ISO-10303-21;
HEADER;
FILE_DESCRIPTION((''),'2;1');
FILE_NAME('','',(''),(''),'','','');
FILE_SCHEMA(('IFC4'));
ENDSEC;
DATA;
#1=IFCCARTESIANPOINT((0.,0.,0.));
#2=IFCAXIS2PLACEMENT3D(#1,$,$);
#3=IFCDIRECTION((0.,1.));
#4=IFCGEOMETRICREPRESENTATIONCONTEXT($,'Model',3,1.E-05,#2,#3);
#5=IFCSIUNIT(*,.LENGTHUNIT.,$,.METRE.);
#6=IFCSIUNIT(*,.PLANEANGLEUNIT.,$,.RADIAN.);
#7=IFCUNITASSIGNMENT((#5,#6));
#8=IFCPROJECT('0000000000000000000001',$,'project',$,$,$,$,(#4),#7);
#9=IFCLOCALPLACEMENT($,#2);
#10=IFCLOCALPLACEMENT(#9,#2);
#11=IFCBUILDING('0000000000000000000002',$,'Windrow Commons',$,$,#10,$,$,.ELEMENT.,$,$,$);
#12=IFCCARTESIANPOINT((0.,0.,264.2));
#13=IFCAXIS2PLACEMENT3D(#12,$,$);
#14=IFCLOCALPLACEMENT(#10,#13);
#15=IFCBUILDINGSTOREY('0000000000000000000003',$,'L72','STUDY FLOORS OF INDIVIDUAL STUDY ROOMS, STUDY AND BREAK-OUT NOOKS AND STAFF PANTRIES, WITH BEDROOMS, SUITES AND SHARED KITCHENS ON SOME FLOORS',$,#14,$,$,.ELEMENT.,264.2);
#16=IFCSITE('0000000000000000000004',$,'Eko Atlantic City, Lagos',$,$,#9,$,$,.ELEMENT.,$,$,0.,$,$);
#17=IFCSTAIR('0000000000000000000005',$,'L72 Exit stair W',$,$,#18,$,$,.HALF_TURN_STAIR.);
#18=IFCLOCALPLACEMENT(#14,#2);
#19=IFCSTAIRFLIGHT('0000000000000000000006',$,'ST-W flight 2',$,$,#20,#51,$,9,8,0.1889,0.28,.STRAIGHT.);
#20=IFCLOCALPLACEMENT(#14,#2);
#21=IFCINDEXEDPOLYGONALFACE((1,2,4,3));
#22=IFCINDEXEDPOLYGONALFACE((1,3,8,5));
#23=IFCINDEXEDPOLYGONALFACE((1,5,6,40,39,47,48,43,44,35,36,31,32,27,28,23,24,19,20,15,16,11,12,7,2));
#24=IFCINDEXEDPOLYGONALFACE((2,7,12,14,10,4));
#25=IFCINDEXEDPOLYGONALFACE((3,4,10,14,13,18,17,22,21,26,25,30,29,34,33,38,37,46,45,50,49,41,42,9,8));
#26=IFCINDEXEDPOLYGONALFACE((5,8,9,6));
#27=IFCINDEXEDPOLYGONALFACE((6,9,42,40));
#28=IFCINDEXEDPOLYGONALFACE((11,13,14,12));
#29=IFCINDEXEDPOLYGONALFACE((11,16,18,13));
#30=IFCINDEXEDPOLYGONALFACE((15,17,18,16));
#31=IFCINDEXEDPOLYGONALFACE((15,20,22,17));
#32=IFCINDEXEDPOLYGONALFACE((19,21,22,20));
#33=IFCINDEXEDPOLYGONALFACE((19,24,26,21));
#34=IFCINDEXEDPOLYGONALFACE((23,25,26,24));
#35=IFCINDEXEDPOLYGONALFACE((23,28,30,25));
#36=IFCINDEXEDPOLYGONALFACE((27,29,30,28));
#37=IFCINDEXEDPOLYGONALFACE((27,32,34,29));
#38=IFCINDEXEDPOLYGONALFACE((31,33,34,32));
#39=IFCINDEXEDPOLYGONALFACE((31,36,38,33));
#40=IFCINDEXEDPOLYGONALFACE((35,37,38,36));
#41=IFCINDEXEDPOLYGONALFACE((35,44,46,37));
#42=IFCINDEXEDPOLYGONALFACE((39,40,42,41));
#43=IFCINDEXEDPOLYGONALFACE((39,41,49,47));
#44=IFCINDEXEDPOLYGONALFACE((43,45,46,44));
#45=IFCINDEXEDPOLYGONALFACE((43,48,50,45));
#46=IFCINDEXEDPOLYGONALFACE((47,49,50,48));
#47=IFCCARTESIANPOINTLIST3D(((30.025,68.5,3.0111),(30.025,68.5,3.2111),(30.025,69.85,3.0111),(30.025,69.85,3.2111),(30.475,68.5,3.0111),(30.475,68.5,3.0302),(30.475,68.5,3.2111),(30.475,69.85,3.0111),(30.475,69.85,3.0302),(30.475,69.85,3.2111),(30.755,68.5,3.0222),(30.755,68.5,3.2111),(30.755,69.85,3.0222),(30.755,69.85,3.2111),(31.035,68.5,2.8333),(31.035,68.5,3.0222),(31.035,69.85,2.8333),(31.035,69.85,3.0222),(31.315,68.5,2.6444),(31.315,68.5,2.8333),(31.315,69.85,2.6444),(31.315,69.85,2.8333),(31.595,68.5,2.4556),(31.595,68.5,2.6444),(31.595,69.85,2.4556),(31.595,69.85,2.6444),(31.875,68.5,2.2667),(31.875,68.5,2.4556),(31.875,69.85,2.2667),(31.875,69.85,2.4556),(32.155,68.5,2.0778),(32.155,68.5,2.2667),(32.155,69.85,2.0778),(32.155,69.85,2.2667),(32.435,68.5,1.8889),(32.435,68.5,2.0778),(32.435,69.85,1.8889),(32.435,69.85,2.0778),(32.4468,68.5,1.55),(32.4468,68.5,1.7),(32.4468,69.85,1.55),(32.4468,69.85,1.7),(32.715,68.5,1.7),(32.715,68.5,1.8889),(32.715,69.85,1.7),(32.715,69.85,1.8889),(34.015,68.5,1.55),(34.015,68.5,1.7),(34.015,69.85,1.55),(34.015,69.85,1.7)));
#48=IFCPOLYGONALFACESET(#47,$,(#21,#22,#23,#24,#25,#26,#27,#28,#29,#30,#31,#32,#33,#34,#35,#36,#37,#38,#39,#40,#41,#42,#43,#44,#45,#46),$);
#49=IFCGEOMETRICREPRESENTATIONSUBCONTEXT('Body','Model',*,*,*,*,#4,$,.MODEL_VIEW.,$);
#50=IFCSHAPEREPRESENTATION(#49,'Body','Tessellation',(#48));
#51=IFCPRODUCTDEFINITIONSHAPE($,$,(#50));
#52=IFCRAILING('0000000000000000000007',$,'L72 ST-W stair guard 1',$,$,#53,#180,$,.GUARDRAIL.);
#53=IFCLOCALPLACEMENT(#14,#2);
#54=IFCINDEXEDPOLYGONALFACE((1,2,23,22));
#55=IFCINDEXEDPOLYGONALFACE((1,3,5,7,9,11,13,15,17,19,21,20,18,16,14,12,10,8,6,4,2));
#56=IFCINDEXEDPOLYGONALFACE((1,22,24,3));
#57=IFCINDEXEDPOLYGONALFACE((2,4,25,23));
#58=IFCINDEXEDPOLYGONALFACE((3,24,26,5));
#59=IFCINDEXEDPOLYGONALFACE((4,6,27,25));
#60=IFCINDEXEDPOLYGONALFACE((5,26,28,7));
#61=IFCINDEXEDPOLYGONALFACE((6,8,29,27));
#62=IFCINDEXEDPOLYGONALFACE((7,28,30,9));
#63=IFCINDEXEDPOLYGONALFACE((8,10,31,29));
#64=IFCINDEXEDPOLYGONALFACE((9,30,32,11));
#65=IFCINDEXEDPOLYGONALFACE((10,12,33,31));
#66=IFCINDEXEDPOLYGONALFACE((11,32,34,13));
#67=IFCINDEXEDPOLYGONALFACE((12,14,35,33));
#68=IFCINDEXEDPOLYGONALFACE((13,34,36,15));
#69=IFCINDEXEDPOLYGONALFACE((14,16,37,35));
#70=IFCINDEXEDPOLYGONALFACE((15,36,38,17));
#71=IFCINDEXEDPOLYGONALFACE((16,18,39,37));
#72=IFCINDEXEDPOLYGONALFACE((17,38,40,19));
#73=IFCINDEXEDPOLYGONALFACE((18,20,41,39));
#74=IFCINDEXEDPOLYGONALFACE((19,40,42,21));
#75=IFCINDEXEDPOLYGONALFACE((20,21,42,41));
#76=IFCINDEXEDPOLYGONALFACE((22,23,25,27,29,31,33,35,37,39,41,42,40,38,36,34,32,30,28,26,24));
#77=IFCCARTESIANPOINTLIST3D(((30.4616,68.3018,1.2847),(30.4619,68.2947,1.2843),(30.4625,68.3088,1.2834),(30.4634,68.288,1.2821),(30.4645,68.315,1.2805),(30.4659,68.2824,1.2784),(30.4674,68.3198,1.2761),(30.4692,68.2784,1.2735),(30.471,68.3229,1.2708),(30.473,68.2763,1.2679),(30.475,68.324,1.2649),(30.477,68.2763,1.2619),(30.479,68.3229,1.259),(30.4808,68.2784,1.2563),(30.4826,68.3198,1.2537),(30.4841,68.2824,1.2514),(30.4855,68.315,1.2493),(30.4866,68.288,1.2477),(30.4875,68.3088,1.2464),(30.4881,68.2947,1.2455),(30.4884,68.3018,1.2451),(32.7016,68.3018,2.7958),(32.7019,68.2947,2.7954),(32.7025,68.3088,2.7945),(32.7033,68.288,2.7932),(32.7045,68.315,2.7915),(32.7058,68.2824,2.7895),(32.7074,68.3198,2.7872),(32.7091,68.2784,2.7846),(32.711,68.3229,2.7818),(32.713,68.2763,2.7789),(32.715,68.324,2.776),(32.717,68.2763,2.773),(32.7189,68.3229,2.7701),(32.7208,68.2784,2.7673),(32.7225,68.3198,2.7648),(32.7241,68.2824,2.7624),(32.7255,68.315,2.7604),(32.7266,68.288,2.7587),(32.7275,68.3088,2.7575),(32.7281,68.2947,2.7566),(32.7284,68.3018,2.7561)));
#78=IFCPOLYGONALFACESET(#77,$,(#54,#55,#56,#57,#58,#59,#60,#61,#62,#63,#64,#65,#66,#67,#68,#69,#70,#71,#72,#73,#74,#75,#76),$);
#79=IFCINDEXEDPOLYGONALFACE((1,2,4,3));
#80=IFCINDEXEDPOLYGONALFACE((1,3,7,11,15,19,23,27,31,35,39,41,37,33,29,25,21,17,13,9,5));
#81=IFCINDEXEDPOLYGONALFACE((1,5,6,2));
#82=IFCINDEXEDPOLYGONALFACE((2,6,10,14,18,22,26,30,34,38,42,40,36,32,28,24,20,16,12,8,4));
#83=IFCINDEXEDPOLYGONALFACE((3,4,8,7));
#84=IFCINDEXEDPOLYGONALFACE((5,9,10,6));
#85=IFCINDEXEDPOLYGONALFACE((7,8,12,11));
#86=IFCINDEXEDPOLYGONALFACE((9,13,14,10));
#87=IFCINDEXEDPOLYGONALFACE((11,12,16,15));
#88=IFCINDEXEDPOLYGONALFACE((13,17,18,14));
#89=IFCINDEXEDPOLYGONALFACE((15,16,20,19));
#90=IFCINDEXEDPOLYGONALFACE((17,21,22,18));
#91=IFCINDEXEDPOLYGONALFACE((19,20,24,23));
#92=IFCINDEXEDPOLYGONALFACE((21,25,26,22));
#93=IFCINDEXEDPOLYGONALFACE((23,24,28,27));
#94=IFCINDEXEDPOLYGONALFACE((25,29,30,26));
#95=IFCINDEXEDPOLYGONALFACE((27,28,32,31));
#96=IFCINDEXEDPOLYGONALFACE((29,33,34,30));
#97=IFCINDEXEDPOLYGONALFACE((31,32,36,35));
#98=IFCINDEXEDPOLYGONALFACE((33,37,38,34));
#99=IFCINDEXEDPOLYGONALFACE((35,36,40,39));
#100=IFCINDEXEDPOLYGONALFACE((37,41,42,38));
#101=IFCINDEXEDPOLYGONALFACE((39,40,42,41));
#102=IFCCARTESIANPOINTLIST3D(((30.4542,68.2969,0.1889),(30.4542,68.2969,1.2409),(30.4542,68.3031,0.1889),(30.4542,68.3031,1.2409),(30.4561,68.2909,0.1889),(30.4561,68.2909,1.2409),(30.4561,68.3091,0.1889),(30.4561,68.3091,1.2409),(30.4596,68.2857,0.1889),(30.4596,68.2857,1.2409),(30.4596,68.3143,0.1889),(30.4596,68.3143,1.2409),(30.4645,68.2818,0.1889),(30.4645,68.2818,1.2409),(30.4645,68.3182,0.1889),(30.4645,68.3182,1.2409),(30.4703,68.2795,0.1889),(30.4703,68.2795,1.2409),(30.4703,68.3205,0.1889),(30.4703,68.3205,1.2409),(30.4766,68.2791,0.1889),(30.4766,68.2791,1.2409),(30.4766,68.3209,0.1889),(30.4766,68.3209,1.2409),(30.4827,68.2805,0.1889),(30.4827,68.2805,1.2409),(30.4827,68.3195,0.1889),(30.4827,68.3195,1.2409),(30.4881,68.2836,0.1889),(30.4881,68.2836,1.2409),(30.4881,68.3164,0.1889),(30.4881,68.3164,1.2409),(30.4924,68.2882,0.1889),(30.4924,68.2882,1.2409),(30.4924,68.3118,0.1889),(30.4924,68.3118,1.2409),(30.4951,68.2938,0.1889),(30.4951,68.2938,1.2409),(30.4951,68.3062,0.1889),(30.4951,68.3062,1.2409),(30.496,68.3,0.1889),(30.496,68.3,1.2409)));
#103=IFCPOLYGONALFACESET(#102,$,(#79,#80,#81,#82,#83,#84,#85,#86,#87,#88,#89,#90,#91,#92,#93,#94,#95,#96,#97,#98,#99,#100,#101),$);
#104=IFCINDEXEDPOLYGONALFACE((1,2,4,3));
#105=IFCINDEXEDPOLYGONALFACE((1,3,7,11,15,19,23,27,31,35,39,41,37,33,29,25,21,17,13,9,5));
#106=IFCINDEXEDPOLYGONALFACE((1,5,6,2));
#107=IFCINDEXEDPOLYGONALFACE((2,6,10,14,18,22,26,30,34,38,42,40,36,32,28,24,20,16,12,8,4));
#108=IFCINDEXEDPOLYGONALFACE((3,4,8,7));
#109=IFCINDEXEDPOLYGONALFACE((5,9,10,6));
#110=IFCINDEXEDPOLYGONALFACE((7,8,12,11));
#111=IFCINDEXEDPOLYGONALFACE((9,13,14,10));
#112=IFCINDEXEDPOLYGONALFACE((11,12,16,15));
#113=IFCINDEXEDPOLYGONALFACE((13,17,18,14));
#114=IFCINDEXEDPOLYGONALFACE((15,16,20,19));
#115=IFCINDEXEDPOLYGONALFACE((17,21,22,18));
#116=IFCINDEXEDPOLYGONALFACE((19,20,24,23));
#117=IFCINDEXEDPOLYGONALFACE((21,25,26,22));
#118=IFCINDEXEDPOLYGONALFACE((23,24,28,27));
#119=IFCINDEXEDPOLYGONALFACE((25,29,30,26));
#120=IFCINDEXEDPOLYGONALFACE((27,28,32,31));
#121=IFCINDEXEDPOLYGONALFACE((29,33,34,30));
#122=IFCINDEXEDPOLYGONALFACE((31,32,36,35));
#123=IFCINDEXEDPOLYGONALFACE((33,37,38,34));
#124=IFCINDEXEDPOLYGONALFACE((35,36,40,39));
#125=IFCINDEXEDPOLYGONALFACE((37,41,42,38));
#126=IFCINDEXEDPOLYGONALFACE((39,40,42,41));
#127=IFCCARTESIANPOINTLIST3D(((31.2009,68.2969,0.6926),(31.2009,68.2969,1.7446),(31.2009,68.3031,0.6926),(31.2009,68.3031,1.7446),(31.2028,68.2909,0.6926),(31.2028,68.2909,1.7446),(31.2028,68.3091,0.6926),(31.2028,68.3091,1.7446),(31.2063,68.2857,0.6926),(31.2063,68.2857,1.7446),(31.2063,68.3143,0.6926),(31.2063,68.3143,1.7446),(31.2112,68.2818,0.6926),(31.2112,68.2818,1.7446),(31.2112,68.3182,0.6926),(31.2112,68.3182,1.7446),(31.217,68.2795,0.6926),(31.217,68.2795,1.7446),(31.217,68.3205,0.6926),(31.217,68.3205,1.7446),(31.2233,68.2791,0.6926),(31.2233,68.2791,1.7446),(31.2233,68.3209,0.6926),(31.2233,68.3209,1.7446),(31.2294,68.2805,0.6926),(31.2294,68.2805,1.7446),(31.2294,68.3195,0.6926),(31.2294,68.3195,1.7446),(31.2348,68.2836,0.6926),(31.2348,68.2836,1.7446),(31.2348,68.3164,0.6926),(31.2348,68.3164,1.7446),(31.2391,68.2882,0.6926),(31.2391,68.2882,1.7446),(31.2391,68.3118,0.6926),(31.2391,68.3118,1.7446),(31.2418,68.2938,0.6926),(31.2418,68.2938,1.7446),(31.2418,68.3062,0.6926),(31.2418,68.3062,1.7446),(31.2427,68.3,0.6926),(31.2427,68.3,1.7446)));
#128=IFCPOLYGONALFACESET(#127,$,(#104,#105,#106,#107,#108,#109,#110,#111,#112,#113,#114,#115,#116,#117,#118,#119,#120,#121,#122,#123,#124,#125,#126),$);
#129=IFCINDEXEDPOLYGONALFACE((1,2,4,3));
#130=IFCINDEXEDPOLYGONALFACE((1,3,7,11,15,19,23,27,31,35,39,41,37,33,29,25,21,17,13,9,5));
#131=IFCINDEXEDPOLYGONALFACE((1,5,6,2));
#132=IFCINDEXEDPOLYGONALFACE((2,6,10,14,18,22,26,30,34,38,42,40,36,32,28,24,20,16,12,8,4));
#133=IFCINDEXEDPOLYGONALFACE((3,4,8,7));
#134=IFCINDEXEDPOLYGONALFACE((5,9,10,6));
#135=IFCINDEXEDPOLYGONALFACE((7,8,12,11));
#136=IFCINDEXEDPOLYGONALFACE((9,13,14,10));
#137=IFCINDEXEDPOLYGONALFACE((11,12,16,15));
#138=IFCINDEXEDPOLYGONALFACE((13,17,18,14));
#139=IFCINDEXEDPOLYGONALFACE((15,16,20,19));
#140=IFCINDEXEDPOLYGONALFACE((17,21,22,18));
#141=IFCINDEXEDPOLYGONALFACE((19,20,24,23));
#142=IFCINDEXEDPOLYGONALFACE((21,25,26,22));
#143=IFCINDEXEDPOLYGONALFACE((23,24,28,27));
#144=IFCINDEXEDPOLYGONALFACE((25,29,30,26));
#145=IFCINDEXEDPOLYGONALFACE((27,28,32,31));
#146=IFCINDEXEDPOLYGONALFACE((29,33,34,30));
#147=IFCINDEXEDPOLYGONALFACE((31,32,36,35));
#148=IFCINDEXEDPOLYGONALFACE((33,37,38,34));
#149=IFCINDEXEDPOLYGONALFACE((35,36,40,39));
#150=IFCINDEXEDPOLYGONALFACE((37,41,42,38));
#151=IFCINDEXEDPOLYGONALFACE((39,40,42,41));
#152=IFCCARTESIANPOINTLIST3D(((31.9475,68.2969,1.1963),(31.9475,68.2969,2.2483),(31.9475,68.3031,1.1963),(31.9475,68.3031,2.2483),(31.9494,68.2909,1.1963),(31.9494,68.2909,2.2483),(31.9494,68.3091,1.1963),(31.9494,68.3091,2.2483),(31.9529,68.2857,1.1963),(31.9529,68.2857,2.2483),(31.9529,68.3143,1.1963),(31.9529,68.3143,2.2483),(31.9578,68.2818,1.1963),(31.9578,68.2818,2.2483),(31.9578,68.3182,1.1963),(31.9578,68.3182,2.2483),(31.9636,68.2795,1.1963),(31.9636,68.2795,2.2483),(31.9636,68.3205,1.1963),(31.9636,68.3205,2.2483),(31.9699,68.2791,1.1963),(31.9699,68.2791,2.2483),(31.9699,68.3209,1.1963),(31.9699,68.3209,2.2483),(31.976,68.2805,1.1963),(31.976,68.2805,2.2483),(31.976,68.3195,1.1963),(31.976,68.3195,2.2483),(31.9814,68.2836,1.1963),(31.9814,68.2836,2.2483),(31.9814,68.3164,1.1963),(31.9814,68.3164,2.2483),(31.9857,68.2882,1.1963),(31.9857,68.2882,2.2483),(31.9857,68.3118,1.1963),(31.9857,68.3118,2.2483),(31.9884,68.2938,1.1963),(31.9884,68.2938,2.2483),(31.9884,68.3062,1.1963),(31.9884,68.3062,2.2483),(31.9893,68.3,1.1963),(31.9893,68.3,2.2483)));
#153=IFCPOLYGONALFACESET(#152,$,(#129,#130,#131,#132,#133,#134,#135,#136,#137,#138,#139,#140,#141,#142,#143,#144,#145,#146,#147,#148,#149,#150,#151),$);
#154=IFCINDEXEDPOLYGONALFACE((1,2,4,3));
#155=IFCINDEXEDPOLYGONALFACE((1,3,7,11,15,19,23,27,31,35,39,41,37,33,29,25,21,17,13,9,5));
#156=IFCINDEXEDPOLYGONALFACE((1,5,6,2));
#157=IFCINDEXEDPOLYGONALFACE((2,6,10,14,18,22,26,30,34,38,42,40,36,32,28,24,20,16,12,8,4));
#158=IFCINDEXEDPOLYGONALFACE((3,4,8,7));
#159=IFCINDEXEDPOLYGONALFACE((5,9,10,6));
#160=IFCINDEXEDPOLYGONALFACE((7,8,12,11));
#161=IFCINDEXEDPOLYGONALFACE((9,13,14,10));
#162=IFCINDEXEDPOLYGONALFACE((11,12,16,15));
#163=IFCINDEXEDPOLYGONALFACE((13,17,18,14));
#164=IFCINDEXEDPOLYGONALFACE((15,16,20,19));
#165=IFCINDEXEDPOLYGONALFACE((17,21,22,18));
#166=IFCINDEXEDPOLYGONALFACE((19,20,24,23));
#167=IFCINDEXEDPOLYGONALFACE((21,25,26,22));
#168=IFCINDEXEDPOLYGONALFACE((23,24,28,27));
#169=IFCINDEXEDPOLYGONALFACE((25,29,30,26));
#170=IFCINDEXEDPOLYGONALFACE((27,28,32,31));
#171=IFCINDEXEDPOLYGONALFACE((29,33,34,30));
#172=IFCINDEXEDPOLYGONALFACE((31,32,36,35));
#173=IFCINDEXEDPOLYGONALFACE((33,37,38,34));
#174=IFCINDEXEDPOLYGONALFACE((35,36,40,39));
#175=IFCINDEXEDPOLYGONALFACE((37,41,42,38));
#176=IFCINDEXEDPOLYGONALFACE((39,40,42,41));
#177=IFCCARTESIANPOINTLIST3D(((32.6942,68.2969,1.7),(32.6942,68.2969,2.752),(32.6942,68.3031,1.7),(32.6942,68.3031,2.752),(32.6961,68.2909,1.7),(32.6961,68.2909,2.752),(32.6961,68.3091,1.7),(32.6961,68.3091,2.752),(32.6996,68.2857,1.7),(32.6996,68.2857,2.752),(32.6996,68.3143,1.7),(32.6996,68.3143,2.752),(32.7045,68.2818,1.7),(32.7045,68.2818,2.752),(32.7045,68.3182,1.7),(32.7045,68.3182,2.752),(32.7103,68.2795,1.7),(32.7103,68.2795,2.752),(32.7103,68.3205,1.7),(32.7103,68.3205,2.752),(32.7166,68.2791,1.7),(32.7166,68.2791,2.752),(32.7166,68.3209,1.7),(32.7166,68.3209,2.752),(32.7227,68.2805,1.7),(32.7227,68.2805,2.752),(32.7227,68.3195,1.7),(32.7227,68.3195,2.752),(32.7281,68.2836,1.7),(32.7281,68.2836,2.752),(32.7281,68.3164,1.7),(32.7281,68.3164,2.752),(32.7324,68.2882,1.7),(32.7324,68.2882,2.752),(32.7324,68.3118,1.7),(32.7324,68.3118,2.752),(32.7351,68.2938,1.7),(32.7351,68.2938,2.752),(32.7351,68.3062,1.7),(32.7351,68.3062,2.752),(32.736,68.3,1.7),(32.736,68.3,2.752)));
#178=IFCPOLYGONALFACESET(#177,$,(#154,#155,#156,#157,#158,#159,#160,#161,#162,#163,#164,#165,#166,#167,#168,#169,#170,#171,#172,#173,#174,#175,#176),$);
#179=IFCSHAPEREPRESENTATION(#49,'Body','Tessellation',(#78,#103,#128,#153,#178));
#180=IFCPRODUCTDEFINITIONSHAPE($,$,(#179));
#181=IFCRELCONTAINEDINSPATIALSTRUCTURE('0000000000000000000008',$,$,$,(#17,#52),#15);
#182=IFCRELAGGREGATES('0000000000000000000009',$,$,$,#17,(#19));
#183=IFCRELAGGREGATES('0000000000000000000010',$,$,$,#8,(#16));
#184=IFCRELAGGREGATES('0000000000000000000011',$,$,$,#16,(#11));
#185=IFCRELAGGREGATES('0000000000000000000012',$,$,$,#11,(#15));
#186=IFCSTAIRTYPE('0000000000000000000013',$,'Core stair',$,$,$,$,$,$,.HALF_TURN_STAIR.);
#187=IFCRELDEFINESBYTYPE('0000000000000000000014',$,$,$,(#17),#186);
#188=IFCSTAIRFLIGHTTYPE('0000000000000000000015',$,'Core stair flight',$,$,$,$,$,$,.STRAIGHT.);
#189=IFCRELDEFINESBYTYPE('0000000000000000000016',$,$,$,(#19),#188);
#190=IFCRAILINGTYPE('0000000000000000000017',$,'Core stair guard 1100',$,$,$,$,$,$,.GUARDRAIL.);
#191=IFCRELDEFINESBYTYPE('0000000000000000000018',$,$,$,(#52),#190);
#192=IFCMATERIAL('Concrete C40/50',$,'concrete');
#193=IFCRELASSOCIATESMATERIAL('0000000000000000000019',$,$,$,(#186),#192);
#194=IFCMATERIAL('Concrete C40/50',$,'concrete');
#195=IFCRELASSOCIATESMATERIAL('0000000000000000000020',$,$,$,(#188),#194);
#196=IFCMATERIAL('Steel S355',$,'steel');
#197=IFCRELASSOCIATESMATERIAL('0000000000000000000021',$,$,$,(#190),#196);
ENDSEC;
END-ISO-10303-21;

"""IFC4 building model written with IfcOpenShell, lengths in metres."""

from ifc_helpers import new_model, si_unit, direction, frame, origin, origin_2d, place, context, subcontext, project, spatial, polyline, circle, outline, extrude, material, type_object, element, aggregate, save


model = new_model("IFC4")

# Units and contexts
model_context = context("Model", 3, precision=1e-05, world=origin(), true_north=direction((0.0, 1.0)))
body_context = subcontext(model_context, "Body", "Model", "MODEL_VIEW")
ifc_project = project(units=[si_unit("LENGTHUNIT", "METRE"), si_unit("PLANEANGLEUNIT", "RADIAN")], contexts=[model_context])

# Site, building, storey
site_placement = place(None, origin())
site = spatial("IfcSite", under=ifc_project, at=site_placement, Name="Eko Atlantic City, Lagos", CompositionType="ELEMENT", RefElevation=0.0)
building_placement = place(site_placement, origin())
building = spatial("IfcBuilding", under=site, at=building_placement, Name="Windrow Commons", CompositionType="ELEMENT")
storey_placement = place(building_placement, frame((0.0, 0.0, 264.2)))
storey = spatial("IfcBuildingStorey", under=building, at=storey_placement, Name="L72", Description="STUDY FLOORS OF INDIVIDUAL STUDY ROOMS, STUDY AND BREAK-OUT NOOKS AND STAFF PANTRIES, WITH BEDROOMS, SUITES AND SHARED KITCHENS ON SOME FLOORS", CompositionType="ELEMENT", Elevation=264.2)

# Stair, stair flight
ifc_material_1 = material(Name="Concrete C40/50", Category="concrete")
stair_type = type_object("IfcStairType", Name="Core stair", PredefinedType="HALF_TURN_STAIR", material=ifc_material_1)
stair_placement = place(storey_placement, origin())
stair = element("IfcStair", 1, at=stair_placement, inside=storey, type_object=stair_type, Name="L72 Exit stair W", PredefinedType="HALF_TURN_STAIR")
ifc_material_2 = material(Name="Concrete C40/50", Category="concrete")
stair_flight_type = type_object("IfcStairFlightType", Name="Core stair flight", PredefinedType="STRAIGHT", material=ifc_material_2)
stair_flight_1_placement = place(storey_placement, frame((32.715, 69.175, 1.7), z_axis=(0.0, 0.0, 1.0), x_axis=(-1.0, 0.0, 0.0)))
stair_flight_1 = element("IfcStairFlight", 2, at=stair_flight_1_placement, type_object=stair_flight_type, Name="ST-W flight 2", NumberOfRisers=9, NumberOfTreads=8, PredefinedType="STRAIGHT", RiserHeight=0.1889, TreadLength=0.28, context=body_context, shape_type="SweptSolid", body=[
    extrude(outline(polyline([(-1.3, -0.15), (-1.3, 0.0), (0.0, 0.0), (0.0, 0.1889), (0.28, 0.1889), (0.28, 0.3778), (0.56, 0.3778), (0.56, 0.5667), (0.84, 0.5667), (0.84, 0.7556), (1.12, 0.7556), (1.12, 0.9444), (1.4, 0.9444), (1.4, 1.1333), (1.68, 1.1333), (1.68, 1.3222), (1.96, 1.3222), (1.96, 1.5111), (2.24, 1.5111), (2.69, 1.5111), (2.69, 1.3111), (2.24, 1.3111), (2.24, 1.3302), (0.2682, 0.0), (0.2682, -0.15), (-1.3, -0.15)])), frame((0.0, 0.675, 0.0), z_axis=(0.0, -1.0, 0.0), x_axis=(1.0, 0.0, 0.0)), (0.0, 0.0, 1.0), 1.35),
])
aggregate(stair, [stair_flight_1])

# Railing
ifc_material_3 = material(Name="Steel S355", Category="steel")
railing_type_1 = type_object("IfcRailingType", Name="Core stair guard 1100", PredefinedType="GUARDRAIL", material=ifc_material_3)
railing_1_placement = place(storey_placement, frame((30.475, 68.3, 0.1889)))
element("IfcRailing", 3, at=railing_1_placement, inside=storey, type_object=railing_type_1, Name="L72 ST-W stair guard 1", PredefinedType="GUARDRAIL", context=body_context, shape_type="SweptSolid", body=[
    extrude(circle(Radius=0.024, at=origin_2d()), frame((0.0, 0.0, 1.076), z_axis=(0.829003, 0.0, 0.559244), x_axis=(0.0, 1.0, 0.0)), (0.0, 0.0, 1.0), 2.702),
    extrude(circle(Radius=0.021, at=origin_2d()), origin(), (0.0, 0.0, 1.0), 1.052),
    extrude(circle(Radius=0.021, at=origin_2d()), frame((0.7467, 0.0, 0.5037)), (0.0, 0.0, 1.0), 1.052),
    extrude(circle(Radius=0.021, at=origin_2d()), frame((1.4933, 0.0, 1.0074)), (0.0, 0.0, 1.0), 1.052),
    extrude(circle(Radius=0.021, at=origin_2d()), frame((2.24, 0.0, 1.5111)), (0.0, 0.0, 1.0), 1.052),
])

save(model, "model.ifc")
